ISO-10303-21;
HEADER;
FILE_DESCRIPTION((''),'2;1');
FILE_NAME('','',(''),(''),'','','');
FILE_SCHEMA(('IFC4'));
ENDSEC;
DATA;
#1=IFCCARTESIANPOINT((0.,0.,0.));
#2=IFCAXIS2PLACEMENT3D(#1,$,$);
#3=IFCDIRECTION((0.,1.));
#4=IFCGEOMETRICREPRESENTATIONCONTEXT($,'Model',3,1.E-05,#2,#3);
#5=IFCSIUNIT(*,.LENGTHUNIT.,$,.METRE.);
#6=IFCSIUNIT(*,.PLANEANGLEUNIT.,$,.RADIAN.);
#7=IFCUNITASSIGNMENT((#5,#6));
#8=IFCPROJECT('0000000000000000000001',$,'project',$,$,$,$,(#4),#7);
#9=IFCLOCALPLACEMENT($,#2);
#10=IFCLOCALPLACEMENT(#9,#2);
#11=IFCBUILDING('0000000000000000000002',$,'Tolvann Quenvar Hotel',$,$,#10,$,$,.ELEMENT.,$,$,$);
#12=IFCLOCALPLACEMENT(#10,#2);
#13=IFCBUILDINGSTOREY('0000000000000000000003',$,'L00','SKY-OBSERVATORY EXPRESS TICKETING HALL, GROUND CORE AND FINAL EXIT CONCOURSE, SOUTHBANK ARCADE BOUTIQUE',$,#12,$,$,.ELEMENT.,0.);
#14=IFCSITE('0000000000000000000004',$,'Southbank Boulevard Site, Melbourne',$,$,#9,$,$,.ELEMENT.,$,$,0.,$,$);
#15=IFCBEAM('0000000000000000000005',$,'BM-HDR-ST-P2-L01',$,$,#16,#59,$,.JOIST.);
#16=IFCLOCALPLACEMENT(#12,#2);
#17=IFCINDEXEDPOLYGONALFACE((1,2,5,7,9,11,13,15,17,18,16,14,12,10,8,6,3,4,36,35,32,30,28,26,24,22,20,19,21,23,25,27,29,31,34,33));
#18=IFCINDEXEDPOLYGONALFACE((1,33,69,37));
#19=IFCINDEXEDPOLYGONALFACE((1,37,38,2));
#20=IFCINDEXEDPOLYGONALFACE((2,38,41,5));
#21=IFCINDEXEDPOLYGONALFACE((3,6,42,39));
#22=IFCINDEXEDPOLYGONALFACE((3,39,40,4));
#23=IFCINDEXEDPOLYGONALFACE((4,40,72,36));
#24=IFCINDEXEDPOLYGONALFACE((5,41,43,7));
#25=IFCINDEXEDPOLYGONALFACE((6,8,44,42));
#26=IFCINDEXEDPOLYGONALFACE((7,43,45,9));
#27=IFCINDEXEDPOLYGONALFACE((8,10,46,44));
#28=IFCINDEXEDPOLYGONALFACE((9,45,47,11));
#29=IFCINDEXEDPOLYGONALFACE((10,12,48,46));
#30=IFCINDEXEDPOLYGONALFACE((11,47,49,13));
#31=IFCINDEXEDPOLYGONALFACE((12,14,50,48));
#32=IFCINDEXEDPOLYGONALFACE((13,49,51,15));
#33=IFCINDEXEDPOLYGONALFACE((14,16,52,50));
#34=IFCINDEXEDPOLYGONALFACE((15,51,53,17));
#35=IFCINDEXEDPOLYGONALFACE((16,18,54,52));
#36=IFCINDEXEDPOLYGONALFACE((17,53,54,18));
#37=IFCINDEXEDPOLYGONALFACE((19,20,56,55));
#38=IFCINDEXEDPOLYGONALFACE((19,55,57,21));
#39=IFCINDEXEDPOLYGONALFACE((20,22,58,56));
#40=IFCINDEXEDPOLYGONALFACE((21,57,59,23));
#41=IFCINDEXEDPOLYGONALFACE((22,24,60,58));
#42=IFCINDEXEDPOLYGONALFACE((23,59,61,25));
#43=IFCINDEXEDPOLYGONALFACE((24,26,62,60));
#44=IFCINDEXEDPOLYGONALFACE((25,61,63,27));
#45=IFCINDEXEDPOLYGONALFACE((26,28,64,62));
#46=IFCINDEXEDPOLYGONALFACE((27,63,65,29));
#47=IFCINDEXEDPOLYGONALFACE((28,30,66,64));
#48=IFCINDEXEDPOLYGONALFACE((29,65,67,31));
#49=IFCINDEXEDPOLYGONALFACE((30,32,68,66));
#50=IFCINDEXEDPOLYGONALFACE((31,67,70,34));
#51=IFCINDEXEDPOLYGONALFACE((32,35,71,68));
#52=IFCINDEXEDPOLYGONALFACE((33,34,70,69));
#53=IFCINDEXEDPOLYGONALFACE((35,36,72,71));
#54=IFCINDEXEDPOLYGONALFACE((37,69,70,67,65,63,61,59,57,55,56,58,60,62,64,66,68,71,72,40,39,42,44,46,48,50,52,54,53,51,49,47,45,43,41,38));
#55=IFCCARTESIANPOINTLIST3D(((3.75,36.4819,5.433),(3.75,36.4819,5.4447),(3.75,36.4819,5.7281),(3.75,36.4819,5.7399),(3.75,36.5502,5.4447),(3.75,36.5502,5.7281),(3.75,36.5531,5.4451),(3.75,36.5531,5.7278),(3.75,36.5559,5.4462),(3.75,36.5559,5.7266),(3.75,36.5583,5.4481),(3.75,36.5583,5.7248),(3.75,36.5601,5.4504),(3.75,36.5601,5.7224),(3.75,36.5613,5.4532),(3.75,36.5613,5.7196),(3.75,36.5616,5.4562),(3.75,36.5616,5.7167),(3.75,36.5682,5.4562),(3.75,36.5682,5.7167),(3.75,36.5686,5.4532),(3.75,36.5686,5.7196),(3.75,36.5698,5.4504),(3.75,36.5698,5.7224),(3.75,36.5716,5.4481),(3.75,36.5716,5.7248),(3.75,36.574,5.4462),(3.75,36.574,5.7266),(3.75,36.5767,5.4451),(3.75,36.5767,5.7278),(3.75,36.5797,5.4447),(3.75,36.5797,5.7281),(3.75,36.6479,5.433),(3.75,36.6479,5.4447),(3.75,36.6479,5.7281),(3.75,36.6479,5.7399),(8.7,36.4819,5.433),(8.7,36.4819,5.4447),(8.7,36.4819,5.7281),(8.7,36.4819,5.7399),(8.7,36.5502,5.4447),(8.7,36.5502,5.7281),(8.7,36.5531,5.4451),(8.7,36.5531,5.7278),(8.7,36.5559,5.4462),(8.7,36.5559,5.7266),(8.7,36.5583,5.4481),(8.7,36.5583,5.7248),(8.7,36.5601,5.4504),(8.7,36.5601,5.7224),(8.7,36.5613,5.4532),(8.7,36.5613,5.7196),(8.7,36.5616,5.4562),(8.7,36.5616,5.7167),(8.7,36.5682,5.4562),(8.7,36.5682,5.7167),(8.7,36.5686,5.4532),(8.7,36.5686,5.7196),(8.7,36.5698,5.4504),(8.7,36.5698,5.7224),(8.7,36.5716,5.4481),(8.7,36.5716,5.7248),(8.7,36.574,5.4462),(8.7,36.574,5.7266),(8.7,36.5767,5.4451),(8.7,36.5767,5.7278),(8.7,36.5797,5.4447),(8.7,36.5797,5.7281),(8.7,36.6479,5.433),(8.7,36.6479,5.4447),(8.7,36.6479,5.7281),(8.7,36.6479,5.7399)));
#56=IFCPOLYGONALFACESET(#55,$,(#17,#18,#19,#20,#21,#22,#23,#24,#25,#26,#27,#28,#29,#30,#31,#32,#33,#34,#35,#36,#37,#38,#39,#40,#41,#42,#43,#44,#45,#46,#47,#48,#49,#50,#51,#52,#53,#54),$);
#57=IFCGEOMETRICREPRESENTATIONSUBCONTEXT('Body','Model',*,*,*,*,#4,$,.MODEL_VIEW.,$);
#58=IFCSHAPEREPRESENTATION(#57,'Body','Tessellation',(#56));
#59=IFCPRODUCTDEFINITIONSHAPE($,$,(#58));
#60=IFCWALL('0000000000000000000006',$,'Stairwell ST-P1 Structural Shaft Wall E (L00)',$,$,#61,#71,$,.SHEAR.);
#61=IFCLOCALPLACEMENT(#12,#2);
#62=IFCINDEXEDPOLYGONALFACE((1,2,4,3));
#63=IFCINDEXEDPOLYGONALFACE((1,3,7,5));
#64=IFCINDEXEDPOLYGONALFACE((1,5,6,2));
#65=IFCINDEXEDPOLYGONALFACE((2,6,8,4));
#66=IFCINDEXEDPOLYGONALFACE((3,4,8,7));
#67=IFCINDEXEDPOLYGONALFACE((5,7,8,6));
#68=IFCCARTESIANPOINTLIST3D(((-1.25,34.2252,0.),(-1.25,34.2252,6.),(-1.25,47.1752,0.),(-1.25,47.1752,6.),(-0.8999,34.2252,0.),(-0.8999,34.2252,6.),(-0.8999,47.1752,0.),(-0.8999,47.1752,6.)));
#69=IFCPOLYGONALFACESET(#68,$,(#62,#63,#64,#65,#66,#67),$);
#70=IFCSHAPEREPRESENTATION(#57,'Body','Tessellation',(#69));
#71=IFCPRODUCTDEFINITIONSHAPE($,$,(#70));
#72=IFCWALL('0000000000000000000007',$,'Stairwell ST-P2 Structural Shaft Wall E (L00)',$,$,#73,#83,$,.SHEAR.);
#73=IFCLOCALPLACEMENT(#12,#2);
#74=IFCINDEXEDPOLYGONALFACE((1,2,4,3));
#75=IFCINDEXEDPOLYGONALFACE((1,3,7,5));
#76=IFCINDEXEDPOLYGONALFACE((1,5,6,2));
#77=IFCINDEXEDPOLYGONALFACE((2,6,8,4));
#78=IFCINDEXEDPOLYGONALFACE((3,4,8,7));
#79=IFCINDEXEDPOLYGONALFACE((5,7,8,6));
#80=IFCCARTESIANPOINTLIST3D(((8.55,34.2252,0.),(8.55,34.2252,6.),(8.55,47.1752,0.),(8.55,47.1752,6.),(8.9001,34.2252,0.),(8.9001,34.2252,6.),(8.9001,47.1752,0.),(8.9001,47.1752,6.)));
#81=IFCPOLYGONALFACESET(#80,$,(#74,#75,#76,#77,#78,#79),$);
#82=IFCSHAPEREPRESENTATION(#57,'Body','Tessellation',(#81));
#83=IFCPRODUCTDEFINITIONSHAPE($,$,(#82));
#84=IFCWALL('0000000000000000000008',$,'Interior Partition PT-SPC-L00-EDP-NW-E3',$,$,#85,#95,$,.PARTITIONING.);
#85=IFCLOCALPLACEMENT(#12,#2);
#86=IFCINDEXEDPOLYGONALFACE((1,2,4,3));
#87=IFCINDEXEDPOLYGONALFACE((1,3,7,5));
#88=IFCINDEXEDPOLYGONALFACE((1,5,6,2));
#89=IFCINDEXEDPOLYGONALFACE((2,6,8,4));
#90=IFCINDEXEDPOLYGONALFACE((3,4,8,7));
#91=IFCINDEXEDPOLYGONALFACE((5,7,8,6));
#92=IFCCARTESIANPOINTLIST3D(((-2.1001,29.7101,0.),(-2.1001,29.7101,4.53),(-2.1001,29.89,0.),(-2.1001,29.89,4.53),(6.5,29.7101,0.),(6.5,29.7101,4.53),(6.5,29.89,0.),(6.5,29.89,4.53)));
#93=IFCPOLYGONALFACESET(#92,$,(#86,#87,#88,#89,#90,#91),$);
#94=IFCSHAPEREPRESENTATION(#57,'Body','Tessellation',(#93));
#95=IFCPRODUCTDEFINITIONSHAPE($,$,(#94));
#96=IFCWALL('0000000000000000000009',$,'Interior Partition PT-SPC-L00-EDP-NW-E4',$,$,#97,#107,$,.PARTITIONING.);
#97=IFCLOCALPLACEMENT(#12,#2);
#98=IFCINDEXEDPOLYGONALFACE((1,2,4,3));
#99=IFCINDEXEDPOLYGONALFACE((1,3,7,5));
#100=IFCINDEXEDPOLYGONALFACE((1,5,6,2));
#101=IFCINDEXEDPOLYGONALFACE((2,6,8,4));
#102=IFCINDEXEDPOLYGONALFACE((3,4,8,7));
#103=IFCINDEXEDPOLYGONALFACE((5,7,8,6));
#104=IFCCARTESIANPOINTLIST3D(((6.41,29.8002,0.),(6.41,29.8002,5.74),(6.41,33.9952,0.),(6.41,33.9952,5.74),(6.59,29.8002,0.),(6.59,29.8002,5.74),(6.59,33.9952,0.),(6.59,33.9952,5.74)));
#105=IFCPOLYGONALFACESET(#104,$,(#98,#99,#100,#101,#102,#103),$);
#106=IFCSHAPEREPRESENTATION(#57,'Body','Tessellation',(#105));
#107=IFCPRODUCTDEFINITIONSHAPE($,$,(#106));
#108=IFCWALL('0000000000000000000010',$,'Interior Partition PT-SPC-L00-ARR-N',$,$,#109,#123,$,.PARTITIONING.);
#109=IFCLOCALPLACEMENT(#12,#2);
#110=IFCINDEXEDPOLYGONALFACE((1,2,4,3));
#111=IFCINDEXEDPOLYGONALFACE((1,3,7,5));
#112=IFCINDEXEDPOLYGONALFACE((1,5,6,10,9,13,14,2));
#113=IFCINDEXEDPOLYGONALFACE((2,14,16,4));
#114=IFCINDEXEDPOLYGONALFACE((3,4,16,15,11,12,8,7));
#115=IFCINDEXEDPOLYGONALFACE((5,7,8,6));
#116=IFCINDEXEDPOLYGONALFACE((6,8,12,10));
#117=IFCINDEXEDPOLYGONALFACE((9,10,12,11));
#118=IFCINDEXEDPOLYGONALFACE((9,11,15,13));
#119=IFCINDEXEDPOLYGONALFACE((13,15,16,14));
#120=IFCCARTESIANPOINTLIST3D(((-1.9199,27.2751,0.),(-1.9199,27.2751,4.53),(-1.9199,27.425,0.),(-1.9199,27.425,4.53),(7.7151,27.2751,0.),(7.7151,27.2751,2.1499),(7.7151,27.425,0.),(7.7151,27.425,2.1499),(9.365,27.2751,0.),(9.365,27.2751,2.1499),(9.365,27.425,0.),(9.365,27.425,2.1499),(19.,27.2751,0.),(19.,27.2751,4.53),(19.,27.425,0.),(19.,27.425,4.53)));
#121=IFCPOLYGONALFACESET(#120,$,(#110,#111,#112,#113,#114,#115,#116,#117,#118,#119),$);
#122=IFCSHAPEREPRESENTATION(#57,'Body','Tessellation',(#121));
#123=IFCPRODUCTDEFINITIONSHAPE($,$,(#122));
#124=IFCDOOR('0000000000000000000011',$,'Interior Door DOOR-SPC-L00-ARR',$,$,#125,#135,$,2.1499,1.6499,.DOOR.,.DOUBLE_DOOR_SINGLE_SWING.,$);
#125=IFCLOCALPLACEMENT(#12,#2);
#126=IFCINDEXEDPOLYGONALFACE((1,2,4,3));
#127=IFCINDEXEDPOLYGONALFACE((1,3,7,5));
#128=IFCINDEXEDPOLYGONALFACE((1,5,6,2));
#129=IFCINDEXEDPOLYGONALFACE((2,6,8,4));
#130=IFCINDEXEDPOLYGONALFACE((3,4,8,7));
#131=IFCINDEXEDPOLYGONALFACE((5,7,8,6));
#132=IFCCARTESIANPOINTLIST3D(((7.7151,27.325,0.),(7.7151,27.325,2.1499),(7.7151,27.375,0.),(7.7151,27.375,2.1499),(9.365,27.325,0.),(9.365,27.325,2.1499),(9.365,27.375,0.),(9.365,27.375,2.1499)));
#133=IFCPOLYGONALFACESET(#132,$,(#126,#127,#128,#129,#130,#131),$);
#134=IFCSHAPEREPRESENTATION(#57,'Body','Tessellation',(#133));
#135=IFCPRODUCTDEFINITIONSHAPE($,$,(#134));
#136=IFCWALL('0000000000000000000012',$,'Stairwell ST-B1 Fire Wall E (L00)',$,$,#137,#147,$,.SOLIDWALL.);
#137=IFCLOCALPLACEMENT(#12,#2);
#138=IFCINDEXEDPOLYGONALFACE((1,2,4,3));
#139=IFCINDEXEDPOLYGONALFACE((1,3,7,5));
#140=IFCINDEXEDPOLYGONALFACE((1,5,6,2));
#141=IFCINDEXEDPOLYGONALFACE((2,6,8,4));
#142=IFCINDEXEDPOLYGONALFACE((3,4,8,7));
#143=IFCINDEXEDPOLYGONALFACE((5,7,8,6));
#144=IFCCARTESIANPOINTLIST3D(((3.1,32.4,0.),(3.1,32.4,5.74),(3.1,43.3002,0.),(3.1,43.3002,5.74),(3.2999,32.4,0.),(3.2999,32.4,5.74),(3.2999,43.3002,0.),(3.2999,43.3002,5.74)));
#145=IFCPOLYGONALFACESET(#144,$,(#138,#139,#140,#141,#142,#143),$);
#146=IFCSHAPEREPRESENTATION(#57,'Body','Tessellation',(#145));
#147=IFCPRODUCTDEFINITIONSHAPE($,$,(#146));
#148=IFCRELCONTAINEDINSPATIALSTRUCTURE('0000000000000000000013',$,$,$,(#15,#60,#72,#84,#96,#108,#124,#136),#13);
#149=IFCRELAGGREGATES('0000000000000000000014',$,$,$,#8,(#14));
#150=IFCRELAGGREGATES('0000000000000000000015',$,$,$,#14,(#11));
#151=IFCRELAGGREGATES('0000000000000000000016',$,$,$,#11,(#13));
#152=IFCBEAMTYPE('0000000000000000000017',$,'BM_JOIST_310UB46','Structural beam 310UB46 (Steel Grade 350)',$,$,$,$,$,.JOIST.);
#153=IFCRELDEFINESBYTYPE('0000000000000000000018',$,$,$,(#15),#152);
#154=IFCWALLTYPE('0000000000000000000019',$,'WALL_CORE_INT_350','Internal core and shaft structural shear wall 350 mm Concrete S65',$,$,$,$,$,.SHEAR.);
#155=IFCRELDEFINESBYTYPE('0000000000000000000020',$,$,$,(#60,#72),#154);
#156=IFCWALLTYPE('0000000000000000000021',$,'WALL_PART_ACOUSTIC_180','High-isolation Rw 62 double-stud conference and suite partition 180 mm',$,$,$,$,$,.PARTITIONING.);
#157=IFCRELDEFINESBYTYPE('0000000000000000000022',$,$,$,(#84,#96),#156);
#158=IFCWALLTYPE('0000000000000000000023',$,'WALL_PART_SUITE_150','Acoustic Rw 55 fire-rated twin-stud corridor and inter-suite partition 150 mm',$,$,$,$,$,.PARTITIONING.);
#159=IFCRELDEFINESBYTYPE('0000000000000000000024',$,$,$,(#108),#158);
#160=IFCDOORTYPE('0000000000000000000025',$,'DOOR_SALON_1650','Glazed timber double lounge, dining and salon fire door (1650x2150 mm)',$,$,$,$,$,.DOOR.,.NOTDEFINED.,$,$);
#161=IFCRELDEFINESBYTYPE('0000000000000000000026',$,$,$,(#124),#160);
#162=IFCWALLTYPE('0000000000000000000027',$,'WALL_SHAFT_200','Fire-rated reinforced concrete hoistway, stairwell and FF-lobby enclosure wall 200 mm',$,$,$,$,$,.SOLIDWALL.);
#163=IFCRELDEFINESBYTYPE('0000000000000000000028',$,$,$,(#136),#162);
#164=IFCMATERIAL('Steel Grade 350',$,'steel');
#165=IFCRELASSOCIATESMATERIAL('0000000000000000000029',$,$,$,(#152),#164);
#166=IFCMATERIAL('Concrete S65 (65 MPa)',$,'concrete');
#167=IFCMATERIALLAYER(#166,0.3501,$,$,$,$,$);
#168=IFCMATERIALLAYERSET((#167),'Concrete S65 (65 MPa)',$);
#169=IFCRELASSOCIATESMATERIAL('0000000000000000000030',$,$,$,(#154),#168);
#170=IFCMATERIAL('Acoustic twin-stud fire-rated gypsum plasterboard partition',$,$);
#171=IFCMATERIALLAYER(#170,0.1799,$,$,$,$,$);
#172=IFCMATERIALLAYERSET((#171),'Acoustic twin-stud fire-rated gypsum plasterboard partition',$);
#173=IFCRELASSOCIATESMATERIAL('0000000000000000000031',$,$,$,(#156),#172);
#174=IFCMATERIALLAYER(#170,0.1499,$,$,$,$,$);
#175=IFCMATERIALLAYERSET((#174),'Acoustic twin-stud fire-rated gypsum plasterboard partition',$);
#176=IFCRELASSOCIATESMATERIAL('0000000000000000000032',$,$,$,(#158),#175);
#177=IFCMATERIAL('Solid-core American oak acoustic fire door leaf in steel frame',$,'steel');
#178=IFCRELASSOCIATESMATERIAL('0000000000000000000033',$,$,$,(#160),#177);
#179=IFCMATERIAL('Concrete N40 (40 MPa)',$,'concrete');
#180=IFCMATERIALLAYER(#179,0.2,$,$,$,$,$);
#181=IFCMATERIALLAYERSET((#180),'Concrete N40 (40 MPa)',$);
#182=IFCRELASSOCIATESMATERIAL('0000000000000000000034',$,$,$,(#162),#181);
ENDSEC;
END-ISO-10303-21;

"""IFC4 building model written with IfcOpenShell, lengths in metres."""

from ifc_helpers import new_model, si_unit, direction, frame, frame_2d, origin, origin_2d, place, context, subcontext, project, spatial, rectangle, i_section, extrude, source, transform, mapped, material, layer, layer_set, material_profile, profile_set, type_object, type_shapes, element, fill, save


model = new_model("IFC4")

# Units and contexts
model_context = context("Model", 3, precision=1e-05, world=origin(), true_north=direction((0.0, 1.0)))
body_context = subcontext(model_context, "Body", "Model", "MODEL_VIEW")
ifc_project = project(units=[si_unit("LENGTHUNIT", "METRE"), si_unit("PLANEANGLEUNIT", "RADIAN")], contexts=[model_context])

# Site, building, storey
site_placement = place(None, origin())
site = spatial("IfcSite", under=ifc_project, at=site_placement, Name="Southbank Boulevard Site, Melbourne", CompositionType="ELEMENT", RefElevation=0.0)
building_placement = place(site_placement, origin())
building = spatial("IfcBuilding", under=site, at=building_placement, Name="Tolvann Quenvar Hotel", CompositionType="ELEMENT")
storey_placement = place(building_placement, origin())
storey = spatial("IfcBuildingStorey", under=building, at=storey_placement, Name="L00", Description="SKY-OBSERVATORY EXPRESS TICKETING HALL, GROUND CORE AND FINAL EXIT CONCOURSE, SOUTHBANK ARCADE BOUTIQUE", CompositionType="ELEMENT", Elevation=0.0)

# Shared definitions
ifc_material_1 = material(Name="Concrete S65 (65 MPa)", Category="concrete")

# Beam
ifc_material_2 = material(Name="Steel Grade 350", Category="steel")
ifc_material_profile_1 = material_profile(ifc_material_2, i_section(OverallWidth=0.166, OverallDepth=0.3069, WebThickness=0.0066, FlangeThickness=0.0117, FilletRadius=0.0115, at=origin_2d()), Name="310UB46")
ifc_profile_set_1 = profile_set([ifc_material_profile_1], Name="Steel Grade 350")
beam_type_1 = type_object("IfcBeamType", Name="BM_JOIST_310UB46", Description="Structural beam 310UB46 (Steel Grade 350)", PredefinedType="JOIST", material=ifc_profile_set_1)
shared_shape_1 = source(origin(), body_context, "Body", "SweptSolid", [
    extrude(i_section(OverallWidth=0.166, OverallDepth=0.3069, WebThickness=0.0066, FlangeThickness=0.0117, FilletRadius=0.0115, at=origin_2d()), origin(), (0.0, 0.0, 1.0), 4.95),
])
type_shapes(beam_type_1, [shared_shape_1])
for number, where, z_axis, x_axis, name in (
    (1, (3.75, 36.5649, 5.5864), (1.0, 0.0, 0.0), (0.0, 1.0, 0.0), "BM-HDR-ST-P2-L01"),
):
    element("IfcBeam", number, at=place(storey_placement, frame(where, z_axis=z_axis, x_axis=x_axis)), inside=storey, type_object=beam_type_1, Name=name, PredefinedType="JOIST", context=body_context, shape_type="MappedRepresentation", body=[
        mapped(shared_shape_1, transform((0.0, 0.0, 0.0), x_axis=(1.0, 0.0, 0.0), y_axis=(0.0, 1.0, 0.0), z_axis=(0.0, 0.0, 1.0), scale=1.0)),
    ])

# Shared definitions
ifc_layer_1 = layer(ifc_material_1, 0.3501)
ifc_layer_set_1 = layer_set([ifc_layer_1], Name="Concrete S65 (65 MPa)")
wall_type_1 = type_object("IfcWallType", Name="WALL_CORE_INT_350", Description="Internal core and shaft structural shear wall 350 mm Concrete S65", PredefinedType="SHEAR", material=ifc_layer_set_1)

# Wall
wall_1_placement = place(storey_placement, frame((-1.075, 34.2251, 0.0), z_axis=(0.0, 0.0, 1.0), x_axis=(0.0, 1.0, 0.0)))
element("IfcWall", 2, at=wall_1_placement, inside=storey, type_object=wall_type_1, Name="Stairwell ST-P1 Structural Shaft Wall E (L00)", PredefinedType="SHEAR", context=body_context, shape_type="SweptSolid", body=[
    extrude(rectangle(XDim=12.95, YDim=0.3501, at=frame_2d((6.4751, 0.0))), origin(), (0.0, 0.0, 1.0), 6.0),
])

# Walls
wall_2_placement = place(storey_placement, frame((8.7251, 34.2251, 0.0), z_axis=(0.0, 0.0, 1.0), x_axis=(0.0, 1.0, 0.0)))
element("IfcWall", 3, at=wall_2_placement, inside=storey, type_object=wall_type_1, Name="Stairwell ST-P2 Structural Shaft Wall E (L00)", PredefinedType="SHEAR", context=body_context, shape_type="SweptSolid", body=[
    extrude(rectangle(XDim=12.95, YDim=0.3501, at=frame_2d((6.4751, 0.0))), origin(), (0.0, 0.0, 1.0), 6.0),
])
ifc_material_3 = material(Name="Acoustic twin-stud fire-rated gypsum plasterboard partition")
ifc_layer_2 = layer(ifc_material_3, 0.1799)
ifc_layer_set_2 = layer_set([ifc_layer_2], Name="Acoustic twin-stud fire-rated gypsum plasterboard partition")
wall_type_2 = type_object("IfcWallType", Name="WALL_PART_ACOUSTIC_180", Description="High-isolation Rw 62 double-stud conference and suite partition 180 mm", PredefinedType="PARTITIONING", material=ifc_layer_set_2)
wall_3_placement = place(storey_placement, frame((-2.1001, 29.8, 0.0), z_axis=(0.0, 0.0, 1.0), x_axis=(1.0, 0.0, 0.0)))
element("IfcWall", 4, at=wall_3_placement, inside=storey, type_object=wall_type_2, Name="Interior Partition PT-SPC-L00-EDP-NW-E3", PredefinedType="PARTITIONING", context=body_context, shape_type="SweptSolid", body=[
    extrude(rectangle(XDim=8.6001, YDim=0.1799, at=frame_2d((4.3, 0.0))), origin(), (0.0, 0.0, 1.0), 4.53),
])
wall_4_placement = place(storey_placement, frame((6.5, 29.8, 0.0), z_axis=(0.0, 0.0, 1.0), x_axis=(0.0, 1.0, 0.0)))
element("IfcWall", 5, at=wall_4_placement, inside=storey, type_object=wall_type_2, Name="Interior Partition PT-SPC-L00-EDP-NW-E4", PredefinedType="PARTITIONING", context=body_context, shape_type="SweptSolid", body=[
    extrude(rectangle(XDim=4.1951, YDim=0.1799, at=frame_2d((2.0977, 0.0))), origin(), (0.0, 0.0, 1.0), 5.74),
])

# Wall, opening, door
ifc_layer_3 = layer(ifc_material_3, 0.1499)
ifc_layer_set_3 = layer_set([ifc_layer_3], Name="Acoustic twin-stud fire-rated gypsum plasterboard partition")
wall_type_3 = type_object("IfcWallType", Name="WALL_PART_SUITE_150", Description="Acoustic Rw 55 fire-rated twin-stud corridor and inter-suite partition 150 mm", PredefinedType="PARTITIONING", material=ifc_layer_set_3)
wall_5_placement = place(storey_placement, frame((-1.9199, 27.3501, 0.0), z_axis=(0.0, 0.0, 1.0), x_axis=(1.0, 0.0, 0.0)))
wall_5 = element("IfcWall", 6, at=wall_5_placement, inside=storey, type_object=wall_type_3, Name="Interior Partition PT-SPC-L00-ARR-N", PredefinedType="PARTITIONING", context=body_context, shape_type="SweptSolid", body=[
    extrude(rectangle(XDim=20.9199, YDim=0.1499, at=frame_2d((10.46, 0.0))), origin(), (0.0, 0.0, 1.0), 4.53),
])
opening_1_placement = place(wall_5_placement, frame((9.635, 0.0, 0.0)))
opening_1 = element("IfcOpeningElement", 7, at=opening_1_placement, cuts=wall_5, PredefinedType="OPENING", context=body_context, shape_type="SweptSolid", body=[
    extrude(rectangle(XDim=1.6499, YDim=2.1499, at=frame_2d((0.825, 1.075))), frame((0.0, 0.085, 0.0), z_axis=(0.0, -1.0, 0.0), x_axis=(1.0, 0.0, 0.0)), (0.0, 0.0, 1.0), 0.1699),
])
ifc_material_4 = material(Name="Solid-core American oak acoustic fire door leaf in steel frame", Category="steel")
door_type_1 = type_object("IfcDoorType", Name="DOOR_SALON_1650", Description="Glazed timber double lounge, dining and salon fire door (1650x2150 mm)", OperationType="NOTDEFINED", PredefinedType="DOOR", material=ifc_material_4)
shared_shape_2 = source(origin(), body_context, "Body", "SweptSolid", [
    extrude(rectangle(XDim=1.6499, YDim=2.1499, at=frame_2d((0.825, 1.075))), frame((0.0, 0.0249, 0.0), z_axis=(0.0, -1.0, 0.0), x_axis=(1.0, 0.0, 0.0)), (0.0, 0.0, 1.0), 0.05),
])
type_shapes(door_type_1, [shared_shape_2])
door_1_placement = place(opening_1_placement, origin())
door_1 = element("IfcDoor", 8, at=door_1_placement, inside=storey, type_object=door_type_1, Name="Interior Door DOOR-SPC-L00-ARR", OperationType="DOUBLE_DOOR_SINGLE_SWING", OverallHeight=2.1499, OverallWidth=1.6499, PredefinedType="DOOR", context=body_context, shape_type="MappedRepresentation", body=[
    mapped(shared_shape_2, transform((0.0, 0.0, 0.0), x_axis=(1.0, 0.0, 0.0), y_axis=(0.0, 1.0, 0.0), z_axis=(0.0, 0.0, 1.0), scale=1.0)),
])
fill(opening_1, door_1)
ifc_material_5 = material(Name="Concrete N40 (40 MPa)", Category="concrete")
ifc_layer_4 = layer(ifc_material_5, 0.2)
ifc_layer_set_4 = layer_set([ifc_layer_4], Name="Concrete N40 (40 MPa)")
wall_type_4 = type_object("IfcWallType", Name="WALL_SHAFT_200", Description="Fire-rated reinforced concrete hoistway, stairwell and FF-lobby enclosure wall 200 mm", PredefinedType="SOLIDWALL", material=ifc_layer_set_4)

# Wall
wall_6_placement = place(storey_placement, frame((3.2, 32.3999, 0.0), z_axis=(0.0, 0.0, 1.0), x_axis=(0.0, 1.0, 0.0)))
element("IfcWall", 9, at=wall_6_placement, inside=storey, type_object=wall_type_4, Name="Stairwell ST-B1 Fire Wall E (L00)", PredefinedType="SOLIDWALL", context=body_context, shape_type="SweptSolid", body=[
    extrude(rectangle(XDim=10.9001, YDim=0.2, at=frame_2d((5.4502, 0.0))), origin(), (0.0, 0.0, 1.0), 5.74),
])

save(model, "model.ifc")
